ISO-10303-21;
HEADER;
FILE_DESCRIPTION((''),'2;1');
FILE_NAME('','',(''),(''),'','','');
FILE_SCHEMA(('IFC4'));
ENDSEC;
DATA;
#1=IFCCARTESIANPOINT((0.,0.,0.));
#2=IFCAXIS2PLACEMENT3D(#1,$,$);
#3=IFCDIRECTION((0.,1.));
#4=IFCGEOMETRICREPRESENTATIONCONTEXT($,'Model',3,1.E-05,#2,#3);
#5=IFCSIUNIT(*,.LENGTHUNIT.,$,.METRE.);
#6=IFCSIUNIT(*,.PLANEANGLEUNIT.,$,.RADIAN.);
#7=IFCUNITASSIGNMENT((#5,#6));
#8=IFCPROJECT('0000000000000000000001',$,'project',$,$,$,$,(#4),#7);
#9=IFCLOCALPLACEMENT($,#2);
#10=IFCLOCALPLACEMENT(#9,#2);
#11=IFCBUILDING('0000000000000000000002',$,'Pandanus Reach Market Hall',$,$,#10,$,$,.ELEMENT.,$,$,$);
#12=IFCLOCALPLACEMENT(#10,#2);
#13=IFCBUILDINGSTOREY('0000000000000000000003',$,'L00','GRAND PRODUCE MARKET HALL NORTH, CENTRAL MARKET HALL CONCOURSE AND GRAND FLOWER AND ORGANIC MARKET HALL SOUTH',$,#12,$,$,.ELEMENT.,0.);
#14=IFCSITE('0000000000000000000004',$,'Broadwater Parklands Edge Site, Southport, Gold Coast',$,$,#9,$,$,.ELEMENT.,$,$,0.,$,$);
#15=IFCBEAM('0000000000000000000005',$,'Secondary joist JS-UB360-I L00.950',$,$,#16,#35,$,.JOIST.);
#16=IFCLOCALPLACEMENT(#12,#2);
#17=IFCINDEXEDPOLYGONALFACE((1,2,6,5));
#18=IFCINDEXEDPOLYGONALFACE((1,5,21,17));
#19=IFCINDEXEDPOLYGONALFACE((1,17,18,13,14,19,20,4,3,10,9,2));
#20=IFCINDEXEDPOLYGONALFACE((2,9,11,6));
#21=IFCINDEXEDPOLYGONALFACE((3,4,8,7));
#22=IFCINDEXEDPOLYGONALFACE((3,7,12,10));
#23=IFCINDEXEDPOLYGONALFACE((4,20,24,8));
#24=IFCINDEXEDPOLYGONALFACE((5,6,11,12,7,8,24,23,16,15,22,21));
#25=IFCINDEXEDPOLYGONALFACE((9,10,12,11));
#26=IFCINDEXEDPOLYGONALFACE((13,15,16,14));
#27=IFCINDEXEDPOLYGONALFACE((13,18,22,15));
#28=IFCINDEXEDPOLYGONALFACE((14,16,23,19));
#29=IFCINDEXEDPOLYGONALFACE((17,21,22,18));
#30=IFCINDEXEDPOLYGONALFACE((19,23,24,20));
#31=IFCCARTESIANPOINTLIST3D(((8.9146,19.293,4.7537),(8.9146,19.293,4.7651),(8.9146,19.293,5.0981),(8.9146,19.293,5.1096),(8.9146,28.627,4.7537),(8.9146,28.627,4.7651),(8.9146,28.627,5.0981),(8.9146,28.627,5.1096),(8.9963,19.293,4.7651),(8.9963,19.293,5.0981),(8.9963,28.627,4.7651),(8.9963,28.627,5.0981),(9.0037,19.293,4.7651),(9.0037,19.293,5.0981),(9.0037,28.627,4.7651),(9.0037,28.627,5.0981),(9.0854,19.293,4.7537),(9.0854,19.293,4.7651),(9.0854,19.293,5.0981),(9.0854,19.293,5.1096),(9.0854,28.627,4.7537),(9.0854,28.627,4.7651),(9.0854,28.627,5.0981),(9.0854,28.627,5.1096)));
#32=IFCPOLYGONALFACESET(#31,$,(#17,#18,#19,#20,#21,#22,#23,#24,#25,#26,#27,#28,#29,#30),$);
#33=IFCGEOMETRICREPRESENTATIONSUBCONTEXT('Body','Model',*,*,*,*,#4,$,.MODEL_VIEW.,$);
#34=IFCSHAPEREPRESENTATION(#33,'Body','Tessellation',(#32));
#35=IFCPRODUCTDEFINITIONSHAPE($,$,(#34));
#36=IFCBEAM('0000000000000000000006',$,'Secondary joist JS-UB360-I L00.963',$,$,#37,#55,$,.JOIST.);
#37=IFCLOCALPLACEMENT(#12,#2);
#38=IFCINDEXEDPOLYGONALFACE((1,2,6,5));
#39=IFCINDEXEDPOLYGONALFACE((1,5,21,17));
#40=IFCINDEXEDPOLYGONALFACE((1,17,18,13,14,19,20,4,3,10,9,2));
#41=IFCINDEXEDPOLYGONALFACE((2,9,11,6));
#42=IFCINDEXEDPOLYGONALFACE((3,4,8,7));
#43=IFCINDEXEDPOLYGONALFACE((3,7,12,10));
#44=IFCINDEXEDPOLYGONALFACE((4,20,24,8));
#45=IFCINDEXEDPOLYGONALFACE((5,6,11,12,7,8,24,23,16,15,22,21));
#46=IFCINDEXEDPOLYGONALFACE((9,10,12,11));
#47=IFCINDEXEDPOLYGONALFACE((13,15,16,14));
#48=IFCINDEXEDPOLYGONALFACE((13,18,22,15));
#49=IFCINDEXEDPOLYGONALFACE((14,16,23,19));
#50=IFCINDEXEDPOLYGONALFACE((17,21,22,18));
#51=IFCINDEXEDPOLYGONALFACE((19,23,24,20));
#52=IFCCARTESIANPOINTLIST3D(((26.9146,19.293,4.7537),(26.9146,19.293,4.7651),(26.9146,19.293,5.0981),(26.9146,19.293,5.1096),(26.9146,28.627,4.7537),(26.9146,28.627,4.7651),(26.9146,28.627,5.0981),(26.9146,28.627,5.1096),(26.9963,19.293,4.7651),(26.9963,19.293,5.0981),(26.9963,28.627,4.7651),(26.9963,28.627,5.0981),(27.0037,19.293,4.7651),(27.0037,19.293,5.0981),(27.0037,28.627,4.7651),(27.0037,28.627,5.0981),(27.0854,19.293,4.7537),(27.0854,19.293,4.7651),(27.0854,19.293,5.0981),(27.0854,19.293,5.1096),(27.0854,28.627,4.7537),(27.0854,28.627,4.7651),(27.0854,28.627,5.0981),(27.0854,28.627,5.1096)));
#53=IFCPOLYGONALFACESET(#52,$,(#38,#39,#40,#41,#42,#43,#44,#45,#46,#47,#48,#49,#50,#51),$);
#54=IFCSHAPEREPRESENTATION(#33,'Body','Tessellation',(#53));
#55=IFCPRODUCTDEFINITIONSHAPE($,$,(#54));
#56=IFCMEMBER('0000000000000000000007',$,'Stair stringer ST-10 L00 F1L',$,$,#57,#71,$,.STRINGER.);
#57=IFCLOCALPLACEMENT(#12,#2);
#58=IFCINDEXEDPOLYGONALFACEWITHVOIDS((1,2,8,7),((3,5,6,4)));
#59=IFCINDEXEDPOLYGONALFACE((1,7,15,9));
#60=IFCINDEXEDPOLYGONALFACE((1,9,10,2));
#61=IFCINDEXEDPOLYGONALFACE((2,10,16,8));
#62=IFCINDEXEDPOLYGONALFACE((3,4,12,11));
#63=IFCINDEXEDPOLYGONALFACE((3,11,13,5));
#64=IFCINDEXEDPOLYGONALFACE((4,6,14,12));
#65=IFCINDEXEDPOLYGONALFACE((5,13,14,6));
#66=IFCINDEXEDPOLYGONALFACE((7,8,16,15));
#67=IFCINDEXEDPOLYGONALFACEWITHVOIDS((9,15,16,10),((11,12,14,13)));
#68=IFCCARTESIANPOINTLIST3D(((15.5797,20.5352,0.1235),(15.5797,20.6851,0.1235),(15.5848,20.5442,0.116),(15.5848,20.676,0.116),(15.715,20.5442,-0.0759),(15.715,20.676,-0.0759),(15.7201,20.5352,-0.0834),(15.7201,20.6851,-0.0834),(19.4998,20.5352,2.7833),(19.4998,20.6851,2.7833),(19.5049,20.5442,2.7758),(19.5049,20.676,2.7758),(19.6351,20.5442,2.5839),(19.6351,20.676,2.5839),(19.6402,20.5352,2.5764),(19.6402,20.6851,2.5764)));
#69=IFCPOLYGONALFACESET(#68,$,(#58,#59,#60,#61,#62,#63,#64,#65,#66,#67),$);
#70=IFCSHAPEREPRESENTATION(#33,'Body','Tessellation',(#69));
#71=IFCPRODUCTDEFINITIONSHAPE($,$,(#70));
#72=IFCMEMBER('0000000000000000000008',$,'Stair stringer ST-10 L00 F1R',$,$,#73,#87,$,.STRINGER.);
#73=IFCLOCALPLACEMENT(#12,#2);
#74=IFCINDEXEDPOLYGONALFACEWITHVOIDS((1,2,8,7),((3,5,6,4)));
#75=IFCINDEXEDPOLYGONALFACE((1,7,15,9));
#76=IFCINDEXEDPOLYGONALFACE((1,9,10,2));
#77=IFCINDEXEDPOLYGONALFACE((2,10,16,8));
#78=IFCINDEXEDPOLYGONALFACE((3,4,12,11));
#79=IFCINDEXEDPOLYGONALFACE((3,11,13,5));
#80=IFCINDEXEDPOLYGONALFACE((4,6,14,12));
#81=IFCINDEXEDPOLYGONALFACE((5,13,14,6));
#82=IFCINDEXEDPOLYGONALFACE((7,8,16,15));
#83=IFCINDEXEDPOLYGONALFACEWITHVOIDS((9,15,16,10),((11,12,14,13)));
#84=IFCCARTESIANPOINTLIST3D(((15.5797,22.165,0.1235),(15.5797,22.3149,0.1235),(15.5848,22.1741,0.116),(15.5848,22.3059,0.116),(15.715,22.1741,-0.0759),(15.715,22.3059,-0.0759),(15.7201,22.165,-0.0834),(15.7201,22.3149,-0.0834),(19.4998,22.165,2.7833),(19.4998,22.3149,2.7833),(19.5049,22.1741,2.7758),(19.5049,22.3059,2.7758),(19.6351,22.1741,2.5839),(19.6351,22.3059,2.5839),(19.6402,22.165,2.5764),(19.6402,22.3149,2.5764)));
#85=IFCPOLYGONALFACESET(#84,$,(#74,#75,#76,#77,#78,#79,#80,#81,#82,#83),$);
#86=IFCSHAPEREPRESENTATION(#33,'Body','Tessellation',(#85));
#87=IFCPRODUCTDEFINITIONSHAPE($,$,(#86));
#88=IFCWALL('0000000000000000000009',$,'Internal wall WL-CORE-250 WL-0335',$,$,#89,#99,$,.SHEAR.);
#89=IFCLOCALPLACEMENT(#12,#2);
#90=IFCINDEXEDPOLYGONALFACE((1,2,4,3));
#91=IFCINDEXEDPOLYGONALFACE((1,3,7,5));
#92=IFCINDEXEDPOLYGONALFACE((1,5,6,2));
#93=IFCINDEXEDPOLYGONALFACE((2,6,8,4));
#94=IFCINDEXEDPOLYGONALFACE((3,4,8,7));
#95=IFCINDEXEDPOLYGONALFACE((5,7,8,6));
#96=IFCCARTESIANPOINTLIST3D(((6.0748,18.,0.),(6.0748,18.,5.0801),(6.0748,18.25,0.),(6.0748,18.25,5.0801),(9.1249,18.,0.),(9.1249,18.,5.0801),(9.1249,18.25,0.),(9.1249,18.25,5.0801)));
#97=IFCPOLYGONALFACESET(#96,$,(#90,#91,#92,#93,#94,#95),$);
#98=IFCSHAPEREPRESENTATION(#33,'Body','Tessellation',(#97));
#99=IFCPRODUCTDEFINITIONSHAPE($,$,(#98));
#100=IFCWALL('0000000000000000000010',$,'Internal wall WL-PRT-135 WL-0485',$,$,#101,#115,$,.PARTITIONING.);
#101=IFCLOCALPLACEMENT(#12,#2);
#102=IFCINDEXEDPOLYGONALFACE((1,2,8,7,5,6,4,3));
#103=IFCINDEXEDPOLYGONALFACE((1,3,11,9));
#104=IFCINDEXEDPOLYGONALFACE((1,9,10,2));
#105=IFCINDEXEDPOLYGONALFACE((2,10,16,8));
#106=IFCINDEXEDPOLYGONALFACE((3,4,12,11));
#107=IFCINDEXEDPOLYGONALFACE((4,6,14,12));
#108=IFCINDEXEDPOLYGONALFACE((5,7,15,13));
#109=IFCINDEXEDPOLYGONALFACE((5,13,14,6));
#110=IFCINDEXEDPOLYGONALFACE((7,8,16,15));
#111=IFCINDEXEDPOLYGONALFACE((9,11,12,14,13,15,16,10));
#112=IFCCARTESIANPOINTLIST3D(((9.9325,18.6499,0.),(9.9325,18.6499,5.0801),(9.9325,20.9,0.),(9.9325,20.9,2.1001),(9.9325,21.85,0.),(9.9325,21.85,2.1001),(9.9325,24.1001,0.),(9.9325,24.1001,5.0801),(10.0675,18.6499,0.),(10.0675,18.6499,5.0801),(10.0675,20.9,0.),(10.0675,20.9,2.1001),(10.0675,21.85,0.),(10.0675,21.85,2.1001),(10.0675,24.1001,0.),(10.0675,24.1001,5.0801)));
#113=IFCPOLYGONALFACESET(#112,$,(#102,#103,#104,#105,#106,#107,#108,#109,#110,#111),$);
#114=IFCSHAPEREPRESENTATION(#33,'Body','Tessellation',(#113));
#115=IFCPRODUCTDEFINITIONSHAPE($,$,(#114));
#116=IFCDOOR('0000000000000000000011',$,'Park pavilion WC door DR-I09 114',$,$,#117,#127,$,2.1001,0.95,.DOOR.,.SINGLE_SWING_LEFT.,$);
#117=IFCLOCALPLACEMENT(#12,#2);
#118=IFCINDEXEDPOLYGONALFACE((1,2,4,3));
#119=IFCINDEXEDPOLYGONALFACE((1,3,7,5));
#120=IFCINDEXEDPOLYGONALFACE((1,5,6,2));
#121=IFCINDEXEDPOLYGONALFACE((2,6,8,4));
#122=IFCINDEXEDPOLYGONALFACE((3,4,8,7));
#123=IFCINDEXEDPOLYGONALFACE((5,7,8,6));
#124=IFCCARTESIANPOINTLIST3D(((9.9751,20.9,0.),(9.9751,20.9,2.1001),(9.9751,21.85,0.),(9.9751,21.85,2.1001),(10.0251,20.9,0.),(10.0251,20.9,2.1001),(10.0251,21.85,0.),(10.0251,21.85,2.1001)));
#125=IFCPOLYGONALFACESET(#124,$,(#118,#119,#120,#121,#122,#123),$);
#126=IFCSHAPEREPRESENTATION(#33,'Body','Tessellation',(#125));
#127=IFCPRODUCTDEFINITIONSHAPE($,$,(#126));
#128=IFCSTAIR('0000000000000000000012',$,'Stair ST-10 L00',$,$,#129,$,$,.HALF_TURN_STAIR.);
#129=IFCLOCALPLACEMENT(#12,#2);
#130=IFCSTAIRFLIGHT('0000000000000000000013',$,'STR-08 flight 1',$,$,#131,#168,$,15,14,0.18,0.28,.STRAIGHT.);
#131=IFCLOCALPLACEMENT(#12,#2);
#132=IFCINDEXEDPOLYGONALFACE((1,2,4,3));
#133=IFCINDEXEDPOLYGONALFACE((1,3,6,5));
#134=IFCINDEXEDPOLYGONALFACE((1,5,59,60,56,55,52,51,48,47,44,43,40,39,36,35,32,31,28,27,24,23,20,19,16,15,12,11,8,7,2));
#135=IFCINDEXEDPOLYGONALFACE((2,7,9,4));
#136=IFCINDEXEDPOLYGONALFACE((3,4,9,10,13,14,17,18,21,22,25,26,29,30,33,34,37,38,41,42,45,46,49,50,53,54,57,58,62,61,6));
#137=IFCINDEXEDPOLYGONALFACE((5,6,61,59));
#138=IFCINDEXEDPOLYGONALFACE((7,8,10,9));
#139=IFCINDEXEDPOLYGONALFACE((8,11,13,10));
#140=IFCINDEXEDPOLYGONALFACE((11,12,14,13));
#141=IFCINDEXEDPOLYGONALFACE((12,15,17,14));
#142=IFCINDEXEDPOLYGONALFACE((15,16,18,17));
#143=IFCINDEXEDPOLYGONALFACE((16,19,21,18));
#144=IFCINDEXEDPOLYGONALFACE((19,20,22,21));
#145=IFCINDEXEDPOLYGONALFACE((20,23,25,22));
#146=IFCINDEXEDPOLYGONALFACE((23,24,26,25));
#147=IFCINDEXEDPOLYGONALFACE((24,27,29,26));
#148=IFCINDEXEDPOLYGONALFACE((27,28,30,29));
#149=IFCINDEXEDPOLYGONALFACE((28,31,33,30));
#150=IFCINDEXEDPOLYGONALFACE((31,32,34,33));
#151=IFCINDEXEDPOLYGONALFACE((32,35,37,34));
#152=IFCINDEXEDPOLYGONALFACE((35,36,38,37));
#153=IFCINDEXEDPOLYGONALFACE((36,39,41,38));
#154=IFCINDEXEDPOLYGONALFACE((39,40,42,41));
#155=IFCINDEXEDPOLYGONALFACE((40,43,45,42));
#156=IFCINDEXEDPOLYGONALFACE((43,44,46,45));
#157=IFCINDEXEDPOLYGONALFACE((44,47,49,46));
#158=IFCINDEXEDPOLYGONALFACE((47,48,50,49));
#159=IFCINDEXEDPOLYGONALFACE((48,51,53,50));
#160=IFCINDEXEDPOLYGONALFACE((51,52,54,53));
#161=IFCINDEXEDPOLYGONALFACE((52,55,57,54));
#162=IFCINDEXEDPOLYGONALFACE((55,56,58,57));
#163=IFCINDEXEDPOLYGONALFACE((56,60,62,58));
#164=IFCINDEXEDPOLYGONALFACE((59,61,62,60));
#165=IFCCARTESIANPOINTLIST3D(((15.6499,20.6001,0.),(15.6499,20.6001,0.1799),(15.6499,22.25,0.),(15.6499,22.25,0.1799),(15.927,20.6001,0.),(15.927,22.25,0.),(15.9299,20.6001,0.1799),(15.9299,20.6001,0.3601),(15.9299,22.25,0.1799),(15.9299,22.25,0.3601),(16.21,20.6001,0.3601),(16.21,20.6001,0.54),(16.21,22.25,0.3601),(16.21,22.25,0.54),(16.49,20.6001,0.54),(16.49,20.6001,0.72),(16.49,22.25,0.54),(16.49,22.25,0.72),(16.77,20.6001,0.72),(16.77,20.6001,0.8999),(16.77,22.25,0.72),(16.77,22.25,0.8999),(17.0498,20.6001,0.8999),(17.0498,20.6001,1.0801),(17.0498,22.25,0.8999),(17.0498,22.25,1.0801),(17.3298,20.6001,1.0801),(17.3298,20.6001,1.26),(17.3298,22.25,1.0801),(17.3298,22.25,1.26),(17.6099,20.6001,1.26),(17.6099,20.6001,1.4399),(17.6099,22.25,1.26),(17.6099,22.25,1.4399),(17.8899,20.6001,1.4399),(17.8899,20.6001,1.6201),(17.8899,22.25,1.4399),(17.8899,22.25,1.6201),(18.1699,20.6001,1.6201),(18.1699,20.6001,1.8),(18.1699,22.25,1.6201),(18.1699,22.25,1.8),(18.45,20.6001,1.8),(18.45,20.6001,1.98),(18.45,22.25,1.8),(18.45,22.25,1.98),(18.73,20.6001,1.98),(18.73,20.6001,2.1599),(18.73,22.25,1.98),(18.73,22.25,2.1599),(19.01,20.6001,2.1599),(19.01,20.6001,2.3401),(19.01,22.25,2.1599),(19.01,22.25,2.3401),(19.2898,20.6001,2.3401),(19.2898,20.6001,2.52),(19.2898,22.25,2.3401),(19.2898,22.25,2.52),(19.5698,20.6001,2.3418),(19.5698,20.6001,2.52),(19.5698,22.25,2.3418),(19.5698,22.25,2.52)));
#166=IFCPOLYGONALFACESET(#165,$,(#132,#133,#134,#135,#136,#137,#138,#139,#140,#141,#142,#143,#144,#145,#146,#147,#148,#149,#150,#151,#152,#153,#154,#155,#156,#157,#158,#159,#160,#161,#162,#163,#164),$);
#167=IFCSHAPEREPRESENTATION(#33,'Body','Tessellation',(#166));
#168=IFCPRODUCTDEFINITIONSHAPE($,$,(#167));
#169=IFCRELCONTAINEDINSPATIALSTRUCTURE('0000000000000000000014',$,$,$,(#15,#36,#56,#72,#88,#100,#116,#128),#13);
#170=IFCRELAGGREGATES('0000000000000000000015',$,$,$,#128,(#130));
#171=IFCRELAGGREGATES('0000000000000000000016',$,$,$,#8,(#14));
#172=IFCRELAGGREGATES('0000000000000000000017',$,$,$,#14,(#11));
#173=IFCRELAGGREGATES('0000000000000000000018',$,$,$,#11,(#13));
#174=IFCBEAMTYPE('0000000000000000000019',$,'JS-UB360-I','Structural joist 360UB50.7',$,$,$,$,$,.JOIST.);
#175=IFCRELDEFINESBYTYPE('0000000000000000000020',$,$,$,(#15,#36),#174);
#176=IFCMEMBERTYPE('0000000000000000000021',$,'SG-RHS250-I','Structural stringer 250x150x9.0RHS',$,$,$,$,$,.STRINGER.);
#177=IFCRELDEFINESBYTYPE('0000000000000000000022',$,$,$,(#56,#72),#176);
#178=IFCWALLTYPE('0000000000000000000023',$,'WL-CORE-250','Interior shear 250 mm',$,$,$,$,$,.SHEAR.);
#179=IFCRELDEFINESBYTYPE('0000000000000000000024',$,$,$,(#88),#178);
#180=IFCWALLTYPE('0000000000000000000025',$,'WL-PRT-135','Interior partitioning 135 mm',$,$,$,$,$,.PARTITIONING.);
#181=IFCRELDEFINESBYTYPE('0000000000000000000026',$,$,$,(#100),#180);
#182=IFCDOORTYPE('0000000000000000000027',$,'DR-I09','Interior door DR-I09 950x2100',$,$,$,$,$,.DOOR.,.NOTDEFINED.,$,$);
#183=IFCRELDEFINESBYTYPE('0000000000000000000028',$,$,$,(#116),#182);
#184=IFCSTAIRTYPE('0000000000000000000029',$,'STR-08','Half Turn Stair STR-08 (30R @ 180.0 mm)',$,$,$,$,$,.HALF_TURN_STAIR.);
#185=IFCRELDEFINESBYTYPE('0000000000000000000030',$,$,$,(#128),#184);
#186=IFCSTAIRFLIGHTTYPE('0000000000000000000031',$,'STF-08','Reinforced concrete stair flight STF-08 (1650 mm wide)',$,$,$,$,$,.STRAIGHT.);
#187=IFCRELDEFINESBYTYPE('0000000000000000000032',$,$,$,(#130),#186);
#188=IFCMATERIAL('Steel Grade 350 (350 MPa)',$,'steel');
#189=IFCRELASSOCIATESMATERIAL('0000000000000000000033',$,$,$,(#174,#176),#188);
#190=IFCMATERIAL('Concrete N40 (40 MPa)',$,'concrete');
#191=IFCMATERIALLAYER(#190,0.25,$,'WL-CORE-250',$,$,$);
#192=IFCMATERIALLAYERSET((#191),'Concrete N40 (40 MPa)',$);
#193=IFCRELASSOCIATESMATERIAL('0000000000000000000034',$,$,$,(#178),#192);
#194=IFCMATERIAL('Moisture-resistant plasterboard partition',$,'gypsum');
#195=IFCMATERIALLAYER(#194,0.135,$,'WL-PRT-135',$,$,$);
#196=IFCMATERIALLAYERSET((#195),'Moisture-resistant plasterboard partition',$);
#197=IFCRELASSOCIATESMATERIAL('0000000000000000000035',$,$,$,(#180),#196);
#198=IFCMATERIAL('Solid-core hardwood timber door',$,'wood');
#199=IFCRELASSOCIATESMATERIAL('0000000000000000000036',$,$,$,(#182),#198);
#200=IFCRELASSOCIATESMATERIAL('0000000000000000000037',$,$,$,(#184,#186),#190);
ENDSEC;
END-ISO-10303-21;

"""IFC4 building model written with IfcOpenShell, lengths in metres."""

from ifc_helpers import new_model, si_unit, direction, frame, frame_2d, origin, origin_2d, place, context, subcontext, project, spatial, polyline, rectangle, hollow_rectangle, i_section, outline, extrude, material, layer, layer_set, material_profile, profile_set, type_object, element, fill, aggregate, save


model = new_model("IFC4")

# Units and contexts
model_context = context("Model", 3, precision=1e-05, world=origin(), true_north=direction((0.0, 1.0)))
body_context = subcontext(model_context, "Body", "Model", "MODEL_VIEW")
ifc_project = project(units=[si_unit("LENGTHUNIT", "METRE"), si_unit("PLANEANGLEUNIT", "RADIAN")], contexts=[model_context])

# Site, building, storey
site_placement = place(None, origin())
site = spatial("IfcSite", under=ifc_project, at=site_placement, Name="Broadwater Parklands Edge Site, Southport, Gold Coast", CompositionType="ELEMENT", RefElevation=0.0)
building_placement = place(site_placement, origin())
building = spatial("IfcBuilding", under=site, at=building_placement, Name="Pandanus Reach Market Hall", CompositionType="ELEMENT")
storey_placement = place(building_placement, origin())
storey = spatial("IfcBuildingStorey", under=building, at=storey_placement, Name="L00", Description="GRAND PRODUCE MARKET HALL NORTH, CENTRAL MARKET HALL CONCOURSE AND GRAND FLOWER AND ORGANIC MARKET HALL SOUTH", CompositionType="ELEMENT", Elevation=0.0)

# Shared definitions
ifc_material_1 = material(Name="Concrete N40 (40 MPa)", Category="concrete")

# Shared definitions
ifc_material_2 = material(Name="Steel Grade 350 (350 MPa)", Category="steel")

# Beams
ifc_material_profile_1 = material_profile(ifc_material_2, i_section(OverallWidth=0.1709, OverallDepth=0.356, WebThickness=0.0073, FlangeThickness=0.0115, at=origin_2d()), Name="360UB50.7", Category="LoadBearing")
ifc_profile_set_1 = profile_set([ifc_material_profile_1], Name="Steel Grade 350 (350 MPa)")
beam_type_1 = type_object("IfcBeamType", Name="JS-UB360-I", Description="Structural joist 360UB50.7", PredefinedType="JOIST", material=ifc_profile_set_1)
for number, where, z_axis, x_axis, name in (
    (1, (9.0, 19.293, 4.9316), (0.0, 1.0, 0.0), (-1.0, 0.0, 0.0), "Secondary joist JS-UB360-I L00.950"),
    (2, (27.0, 19.293, 4.9316), (0.0, 1.0, 0.0), (-1.0, 0.0, 0.0), "Secondary joist JS-UB360-I L00.963"),
):
    element("IfcBeam", number, at=place(storey_placement, frame(where, z_axis=z_axis, x_axis=x_axis)), inside=storey, type_object=beam_type_1, Name=name, PredefinedType="JOIST", context=body_context, shape_type="SweptSolid", body=[
        extrude(i_section(OverallWidth=0.1709, OverallDepth=0.356, WebThickness=0.0073, FlangeThickness=0.0115, at=origin_2d()), origin(), (0.0, 0.0, 1.0), 9.334),
    ])

# Members
ifc_material_profile_2 = material_profile(ifc_material_2, hollow_rectangle(XDim=0.1499, YDim=0.25, WallThickness=0.009, at=origin_2d()), Name="250x150x9.0RHS", Category="LoadBearing")
ifc_profile_set_2 = profile_set([ifc_material_profile_2], Name="Steel Grade 350 (350 MPa)")
member_type = type_object("IfcMemberType", Name="SG-RHS250-I", Description="Structural stringer 250x150x9.0RHS", PredefinedType="STRINGER", material=ifc_profile_set_2)
for number, where, z_axis, x_axis, name in (
    (3, (15.6499, 20.6101, 0.02), (0.827495, 0.0, 0.561472), (0.0, 1.0, 0.0), "Stair stringer ST-10 L00 F1L"),
    (4, (15.6499, 22.24, 0.02), (0.827495, 0.0, 0.561472), (0.0, 1.0, 0.0), "Stair stringer ST-10 L00 F1R"),
):
    element("IfcMember", number, at=place(storey_placement, frame(where, z_axis=z_axis, x_axis=x_axis)), inside=storey, type_object=member_type, Name=name, PredefinedType="STRINGER", context=body_context, shape_type="SweptSolid", body=[
        extrude(hollow_rectangle(XDim=0.1499, YDim=0.25, WallThickness=0.009, at=origin_2d()), origin(), (0.0, 0.0, 1.0), 4.7373),
    ])

# Wall
ifc_layer_1 = layer(ifc_material_1, 0.25, Name="WL-CORE-250")
ifc_layer_set_1 = layer_set([ifc_layer_1], Name="Concrete N40 (40 MPa)")
wall_type_1 = type_object("IfcWallType", Name="WL-CORE-250", Description="Interior shear 250 mm", PredefinedType="SHEAR", material=ifc_layer_set_1)
wall_1_placement = place(storey_placement, frame((6.075, 18.125, 0.0), z_axis=(0.0, 0.0, 1.0), x_axis=(1.0, 0.0, 0.0)))
element("IfcWall", 5, at=wall_1_placement, inside=storey, type_object=wall_type_1, Name="Internal wall WL-CORE-250 WL-0335", PredefinedType="SHEAR", context=body_context, shape_type="SweptSolid", body=[
    extrude(rectangle(XDim=3.05, YDim=0.25, at=frame_2d((1.5249, 0.0))), origin(), (0.0, 0.0, 1.0), 5.0801),
])

# Wall, opening, door
ifc_material_3 = material(Name="Moisture-resistant plasterboard partition", Category="gypsum")
ifc_layer_2 = layer(ifc_material_3, 0.135, Name="WL-PRT-135")
ifc_layer_set_2 = layer_set([ifc_layer_2], Name="Moisture-resistant plasterboard partition")
wall_type_2 = type_object("IfcWallType", Name="WL-PRT-135", Description="Interior partitioning 135 mm", PredefinedType="PARTITIONING", material=ifc_layer_set_2)
wall_2_placement = place(storey_placement, frame((10.0, 18.6499, 0.0), z_axis=(0.0, 0.0, 1.0), x_axis=(0.0, 1.0, 0.0)))
wall_2 = element("IfcWall", 6, at=wall_2_placement, inside=storey, type_object=wall_type_2, Name="Internal wall WL-PRT-135 WL-0485", PredefinedType="PARTITIONING", context=body_context, shape_type="SweptSolid", body=[
    extrude(rectangle(XDim=5.4502, YDim=0.135, at=frame_2d((2.7251, 0.0))), origin(), (0.0, 0.0, 1.0), 5.0801),
])
opening_placement = place(wall_2_placement, frame((2.25, 0.0, 0.0)))
opening = element("IfcOpeningElement", 7, at=opening_placement, cuts=wall_2, PredefinedType="OPENING", context=body_context, shape_type="SweptSolid", body=[
    extrude(rectangle(XDim=0.95, YDim=2.1001, at=frame_2d((0.4751, 1.05))), frame((0.0, 0.0825, 0.0), z_axis=(0.0, -1.0, 0.0), x_axis=(1.0, 0.0, 0.0)), (0.0, 0.0, 1.0), 0.165),
])
ifc_material_4 = material(Name="Solid-core hardwood timber door", Category="wood")
door_type = type_object("IfcDoorType", Name="DR-I09", Description="Interior door DR-I09 950x2100", OperationType="NOTDEFINED", PredefinedType="DOOR", material=ifc_material_4)
door_placement = place(opening_placement, origin())
door = element("IfcDoor", 8, at=door_placement, inside=storey, type_object=door_type, Name="Park pavilion WC door DR-I09 114", OperationType="SINGLE_SWING_LEFT", OverallHeight=2.1001, OverallWidth=0.95, PredefinedType="DOOR", context=body_context, shape_type="SweptSolid", body=[
    extrude(rectangle(XDim=0.95, YDim=2.1001, at=frame_2d((0.4751, 1.05))), frame((0.0, 0.0249, 0.0), z_axis=(0.0, -1.0, 0.0), x_axis=(1.0, 0.0, 0.0)), (0.0, 0.0, 1.0), 0.05),
])
fill(opening, door)

# Stair, stair flight
stair_type = type_object("IfcStairType", Name="STR-08", Description="Half Turn Stair STR-08 (30R @ 180.0 mm)", PredefinedType="HALF_TURN_STAIR", material=ifc_material_1)
stair_placement = place(storey_placement, origin())
stair = element("IfcStair", 9, at=stair_placement, inside=storey, type_object=stair_type, Name="Stair ST-10 L00", PredefinedType="HALF_TURN_STAIR")
stair_flight_type = type_object("IfcStairFlightType", Name="STF-08", Description="Reinforced concrete stair flight STF-08 (1650 mm wide)", PredefinedType="STRAIGHT", material=ifc_material_1)
stair_flight_placement = place(storey_placement, frame((15.6499, 21.425, 0.0), z_axis=(0.0, 0.0, 1.0), x_axis=(1.0, 0.0, 0.0)))
stair_flight = element("IfcStairFlight", 10, at=stair_flight_placement, type_object=stair_flight_type, Name="STR-08 flight 1", NumberOfRisers=15, NumberOfTreads=14, PredefinedType="STRAIGHT", RiserHeight=0.18, TreadLength=0.28, context=body_context, shape_type="SweptSolid", body=[
    extrude(outline(polyline([(0.0, 0.0), (0.0, 0.1799), (0.28, 0.1799), (0.28, 0.3601), (0.5601, 0.3601), (0.5601, 0.54), (0.8401, 0.54), (0.8401, 0.72), (1.1201, 0.72), (1.1201, 0.8999), (1.3999, 0.8999), (1.3999, 1.0801), (1.6799, 1.0801), (1.6799, 1.26), (1.96, 1.26), (1.96, 1.4399), (2.24, 1.4399), (2.24, 1.6201), (2.52, 1.6201), (2.52, 1.8), (2.8, 1.8), (2.8, 1.98), (3.0801, 1.98), (3.0801, 2.1599), (3.3601, 2.1599), (3.3601, 2.3401), (3.6399, 2.3401), (3.6399, 2.52), (3.9199, 2.52), (3.9199, 2.7), (3.9199, 2.3418), (0.2771, 0.0), (0.0, 0.0)])), frame((0.0, 0.825, 0.0), z_axis=(0.0, -1.0, 0.0), x_axis=(1.0, 0.0, 0.0)), (0.0, 0.0, 1.0), 1.6499),
])
aggregate(stair, [stair_flight])

save(model, "model.ifc")
